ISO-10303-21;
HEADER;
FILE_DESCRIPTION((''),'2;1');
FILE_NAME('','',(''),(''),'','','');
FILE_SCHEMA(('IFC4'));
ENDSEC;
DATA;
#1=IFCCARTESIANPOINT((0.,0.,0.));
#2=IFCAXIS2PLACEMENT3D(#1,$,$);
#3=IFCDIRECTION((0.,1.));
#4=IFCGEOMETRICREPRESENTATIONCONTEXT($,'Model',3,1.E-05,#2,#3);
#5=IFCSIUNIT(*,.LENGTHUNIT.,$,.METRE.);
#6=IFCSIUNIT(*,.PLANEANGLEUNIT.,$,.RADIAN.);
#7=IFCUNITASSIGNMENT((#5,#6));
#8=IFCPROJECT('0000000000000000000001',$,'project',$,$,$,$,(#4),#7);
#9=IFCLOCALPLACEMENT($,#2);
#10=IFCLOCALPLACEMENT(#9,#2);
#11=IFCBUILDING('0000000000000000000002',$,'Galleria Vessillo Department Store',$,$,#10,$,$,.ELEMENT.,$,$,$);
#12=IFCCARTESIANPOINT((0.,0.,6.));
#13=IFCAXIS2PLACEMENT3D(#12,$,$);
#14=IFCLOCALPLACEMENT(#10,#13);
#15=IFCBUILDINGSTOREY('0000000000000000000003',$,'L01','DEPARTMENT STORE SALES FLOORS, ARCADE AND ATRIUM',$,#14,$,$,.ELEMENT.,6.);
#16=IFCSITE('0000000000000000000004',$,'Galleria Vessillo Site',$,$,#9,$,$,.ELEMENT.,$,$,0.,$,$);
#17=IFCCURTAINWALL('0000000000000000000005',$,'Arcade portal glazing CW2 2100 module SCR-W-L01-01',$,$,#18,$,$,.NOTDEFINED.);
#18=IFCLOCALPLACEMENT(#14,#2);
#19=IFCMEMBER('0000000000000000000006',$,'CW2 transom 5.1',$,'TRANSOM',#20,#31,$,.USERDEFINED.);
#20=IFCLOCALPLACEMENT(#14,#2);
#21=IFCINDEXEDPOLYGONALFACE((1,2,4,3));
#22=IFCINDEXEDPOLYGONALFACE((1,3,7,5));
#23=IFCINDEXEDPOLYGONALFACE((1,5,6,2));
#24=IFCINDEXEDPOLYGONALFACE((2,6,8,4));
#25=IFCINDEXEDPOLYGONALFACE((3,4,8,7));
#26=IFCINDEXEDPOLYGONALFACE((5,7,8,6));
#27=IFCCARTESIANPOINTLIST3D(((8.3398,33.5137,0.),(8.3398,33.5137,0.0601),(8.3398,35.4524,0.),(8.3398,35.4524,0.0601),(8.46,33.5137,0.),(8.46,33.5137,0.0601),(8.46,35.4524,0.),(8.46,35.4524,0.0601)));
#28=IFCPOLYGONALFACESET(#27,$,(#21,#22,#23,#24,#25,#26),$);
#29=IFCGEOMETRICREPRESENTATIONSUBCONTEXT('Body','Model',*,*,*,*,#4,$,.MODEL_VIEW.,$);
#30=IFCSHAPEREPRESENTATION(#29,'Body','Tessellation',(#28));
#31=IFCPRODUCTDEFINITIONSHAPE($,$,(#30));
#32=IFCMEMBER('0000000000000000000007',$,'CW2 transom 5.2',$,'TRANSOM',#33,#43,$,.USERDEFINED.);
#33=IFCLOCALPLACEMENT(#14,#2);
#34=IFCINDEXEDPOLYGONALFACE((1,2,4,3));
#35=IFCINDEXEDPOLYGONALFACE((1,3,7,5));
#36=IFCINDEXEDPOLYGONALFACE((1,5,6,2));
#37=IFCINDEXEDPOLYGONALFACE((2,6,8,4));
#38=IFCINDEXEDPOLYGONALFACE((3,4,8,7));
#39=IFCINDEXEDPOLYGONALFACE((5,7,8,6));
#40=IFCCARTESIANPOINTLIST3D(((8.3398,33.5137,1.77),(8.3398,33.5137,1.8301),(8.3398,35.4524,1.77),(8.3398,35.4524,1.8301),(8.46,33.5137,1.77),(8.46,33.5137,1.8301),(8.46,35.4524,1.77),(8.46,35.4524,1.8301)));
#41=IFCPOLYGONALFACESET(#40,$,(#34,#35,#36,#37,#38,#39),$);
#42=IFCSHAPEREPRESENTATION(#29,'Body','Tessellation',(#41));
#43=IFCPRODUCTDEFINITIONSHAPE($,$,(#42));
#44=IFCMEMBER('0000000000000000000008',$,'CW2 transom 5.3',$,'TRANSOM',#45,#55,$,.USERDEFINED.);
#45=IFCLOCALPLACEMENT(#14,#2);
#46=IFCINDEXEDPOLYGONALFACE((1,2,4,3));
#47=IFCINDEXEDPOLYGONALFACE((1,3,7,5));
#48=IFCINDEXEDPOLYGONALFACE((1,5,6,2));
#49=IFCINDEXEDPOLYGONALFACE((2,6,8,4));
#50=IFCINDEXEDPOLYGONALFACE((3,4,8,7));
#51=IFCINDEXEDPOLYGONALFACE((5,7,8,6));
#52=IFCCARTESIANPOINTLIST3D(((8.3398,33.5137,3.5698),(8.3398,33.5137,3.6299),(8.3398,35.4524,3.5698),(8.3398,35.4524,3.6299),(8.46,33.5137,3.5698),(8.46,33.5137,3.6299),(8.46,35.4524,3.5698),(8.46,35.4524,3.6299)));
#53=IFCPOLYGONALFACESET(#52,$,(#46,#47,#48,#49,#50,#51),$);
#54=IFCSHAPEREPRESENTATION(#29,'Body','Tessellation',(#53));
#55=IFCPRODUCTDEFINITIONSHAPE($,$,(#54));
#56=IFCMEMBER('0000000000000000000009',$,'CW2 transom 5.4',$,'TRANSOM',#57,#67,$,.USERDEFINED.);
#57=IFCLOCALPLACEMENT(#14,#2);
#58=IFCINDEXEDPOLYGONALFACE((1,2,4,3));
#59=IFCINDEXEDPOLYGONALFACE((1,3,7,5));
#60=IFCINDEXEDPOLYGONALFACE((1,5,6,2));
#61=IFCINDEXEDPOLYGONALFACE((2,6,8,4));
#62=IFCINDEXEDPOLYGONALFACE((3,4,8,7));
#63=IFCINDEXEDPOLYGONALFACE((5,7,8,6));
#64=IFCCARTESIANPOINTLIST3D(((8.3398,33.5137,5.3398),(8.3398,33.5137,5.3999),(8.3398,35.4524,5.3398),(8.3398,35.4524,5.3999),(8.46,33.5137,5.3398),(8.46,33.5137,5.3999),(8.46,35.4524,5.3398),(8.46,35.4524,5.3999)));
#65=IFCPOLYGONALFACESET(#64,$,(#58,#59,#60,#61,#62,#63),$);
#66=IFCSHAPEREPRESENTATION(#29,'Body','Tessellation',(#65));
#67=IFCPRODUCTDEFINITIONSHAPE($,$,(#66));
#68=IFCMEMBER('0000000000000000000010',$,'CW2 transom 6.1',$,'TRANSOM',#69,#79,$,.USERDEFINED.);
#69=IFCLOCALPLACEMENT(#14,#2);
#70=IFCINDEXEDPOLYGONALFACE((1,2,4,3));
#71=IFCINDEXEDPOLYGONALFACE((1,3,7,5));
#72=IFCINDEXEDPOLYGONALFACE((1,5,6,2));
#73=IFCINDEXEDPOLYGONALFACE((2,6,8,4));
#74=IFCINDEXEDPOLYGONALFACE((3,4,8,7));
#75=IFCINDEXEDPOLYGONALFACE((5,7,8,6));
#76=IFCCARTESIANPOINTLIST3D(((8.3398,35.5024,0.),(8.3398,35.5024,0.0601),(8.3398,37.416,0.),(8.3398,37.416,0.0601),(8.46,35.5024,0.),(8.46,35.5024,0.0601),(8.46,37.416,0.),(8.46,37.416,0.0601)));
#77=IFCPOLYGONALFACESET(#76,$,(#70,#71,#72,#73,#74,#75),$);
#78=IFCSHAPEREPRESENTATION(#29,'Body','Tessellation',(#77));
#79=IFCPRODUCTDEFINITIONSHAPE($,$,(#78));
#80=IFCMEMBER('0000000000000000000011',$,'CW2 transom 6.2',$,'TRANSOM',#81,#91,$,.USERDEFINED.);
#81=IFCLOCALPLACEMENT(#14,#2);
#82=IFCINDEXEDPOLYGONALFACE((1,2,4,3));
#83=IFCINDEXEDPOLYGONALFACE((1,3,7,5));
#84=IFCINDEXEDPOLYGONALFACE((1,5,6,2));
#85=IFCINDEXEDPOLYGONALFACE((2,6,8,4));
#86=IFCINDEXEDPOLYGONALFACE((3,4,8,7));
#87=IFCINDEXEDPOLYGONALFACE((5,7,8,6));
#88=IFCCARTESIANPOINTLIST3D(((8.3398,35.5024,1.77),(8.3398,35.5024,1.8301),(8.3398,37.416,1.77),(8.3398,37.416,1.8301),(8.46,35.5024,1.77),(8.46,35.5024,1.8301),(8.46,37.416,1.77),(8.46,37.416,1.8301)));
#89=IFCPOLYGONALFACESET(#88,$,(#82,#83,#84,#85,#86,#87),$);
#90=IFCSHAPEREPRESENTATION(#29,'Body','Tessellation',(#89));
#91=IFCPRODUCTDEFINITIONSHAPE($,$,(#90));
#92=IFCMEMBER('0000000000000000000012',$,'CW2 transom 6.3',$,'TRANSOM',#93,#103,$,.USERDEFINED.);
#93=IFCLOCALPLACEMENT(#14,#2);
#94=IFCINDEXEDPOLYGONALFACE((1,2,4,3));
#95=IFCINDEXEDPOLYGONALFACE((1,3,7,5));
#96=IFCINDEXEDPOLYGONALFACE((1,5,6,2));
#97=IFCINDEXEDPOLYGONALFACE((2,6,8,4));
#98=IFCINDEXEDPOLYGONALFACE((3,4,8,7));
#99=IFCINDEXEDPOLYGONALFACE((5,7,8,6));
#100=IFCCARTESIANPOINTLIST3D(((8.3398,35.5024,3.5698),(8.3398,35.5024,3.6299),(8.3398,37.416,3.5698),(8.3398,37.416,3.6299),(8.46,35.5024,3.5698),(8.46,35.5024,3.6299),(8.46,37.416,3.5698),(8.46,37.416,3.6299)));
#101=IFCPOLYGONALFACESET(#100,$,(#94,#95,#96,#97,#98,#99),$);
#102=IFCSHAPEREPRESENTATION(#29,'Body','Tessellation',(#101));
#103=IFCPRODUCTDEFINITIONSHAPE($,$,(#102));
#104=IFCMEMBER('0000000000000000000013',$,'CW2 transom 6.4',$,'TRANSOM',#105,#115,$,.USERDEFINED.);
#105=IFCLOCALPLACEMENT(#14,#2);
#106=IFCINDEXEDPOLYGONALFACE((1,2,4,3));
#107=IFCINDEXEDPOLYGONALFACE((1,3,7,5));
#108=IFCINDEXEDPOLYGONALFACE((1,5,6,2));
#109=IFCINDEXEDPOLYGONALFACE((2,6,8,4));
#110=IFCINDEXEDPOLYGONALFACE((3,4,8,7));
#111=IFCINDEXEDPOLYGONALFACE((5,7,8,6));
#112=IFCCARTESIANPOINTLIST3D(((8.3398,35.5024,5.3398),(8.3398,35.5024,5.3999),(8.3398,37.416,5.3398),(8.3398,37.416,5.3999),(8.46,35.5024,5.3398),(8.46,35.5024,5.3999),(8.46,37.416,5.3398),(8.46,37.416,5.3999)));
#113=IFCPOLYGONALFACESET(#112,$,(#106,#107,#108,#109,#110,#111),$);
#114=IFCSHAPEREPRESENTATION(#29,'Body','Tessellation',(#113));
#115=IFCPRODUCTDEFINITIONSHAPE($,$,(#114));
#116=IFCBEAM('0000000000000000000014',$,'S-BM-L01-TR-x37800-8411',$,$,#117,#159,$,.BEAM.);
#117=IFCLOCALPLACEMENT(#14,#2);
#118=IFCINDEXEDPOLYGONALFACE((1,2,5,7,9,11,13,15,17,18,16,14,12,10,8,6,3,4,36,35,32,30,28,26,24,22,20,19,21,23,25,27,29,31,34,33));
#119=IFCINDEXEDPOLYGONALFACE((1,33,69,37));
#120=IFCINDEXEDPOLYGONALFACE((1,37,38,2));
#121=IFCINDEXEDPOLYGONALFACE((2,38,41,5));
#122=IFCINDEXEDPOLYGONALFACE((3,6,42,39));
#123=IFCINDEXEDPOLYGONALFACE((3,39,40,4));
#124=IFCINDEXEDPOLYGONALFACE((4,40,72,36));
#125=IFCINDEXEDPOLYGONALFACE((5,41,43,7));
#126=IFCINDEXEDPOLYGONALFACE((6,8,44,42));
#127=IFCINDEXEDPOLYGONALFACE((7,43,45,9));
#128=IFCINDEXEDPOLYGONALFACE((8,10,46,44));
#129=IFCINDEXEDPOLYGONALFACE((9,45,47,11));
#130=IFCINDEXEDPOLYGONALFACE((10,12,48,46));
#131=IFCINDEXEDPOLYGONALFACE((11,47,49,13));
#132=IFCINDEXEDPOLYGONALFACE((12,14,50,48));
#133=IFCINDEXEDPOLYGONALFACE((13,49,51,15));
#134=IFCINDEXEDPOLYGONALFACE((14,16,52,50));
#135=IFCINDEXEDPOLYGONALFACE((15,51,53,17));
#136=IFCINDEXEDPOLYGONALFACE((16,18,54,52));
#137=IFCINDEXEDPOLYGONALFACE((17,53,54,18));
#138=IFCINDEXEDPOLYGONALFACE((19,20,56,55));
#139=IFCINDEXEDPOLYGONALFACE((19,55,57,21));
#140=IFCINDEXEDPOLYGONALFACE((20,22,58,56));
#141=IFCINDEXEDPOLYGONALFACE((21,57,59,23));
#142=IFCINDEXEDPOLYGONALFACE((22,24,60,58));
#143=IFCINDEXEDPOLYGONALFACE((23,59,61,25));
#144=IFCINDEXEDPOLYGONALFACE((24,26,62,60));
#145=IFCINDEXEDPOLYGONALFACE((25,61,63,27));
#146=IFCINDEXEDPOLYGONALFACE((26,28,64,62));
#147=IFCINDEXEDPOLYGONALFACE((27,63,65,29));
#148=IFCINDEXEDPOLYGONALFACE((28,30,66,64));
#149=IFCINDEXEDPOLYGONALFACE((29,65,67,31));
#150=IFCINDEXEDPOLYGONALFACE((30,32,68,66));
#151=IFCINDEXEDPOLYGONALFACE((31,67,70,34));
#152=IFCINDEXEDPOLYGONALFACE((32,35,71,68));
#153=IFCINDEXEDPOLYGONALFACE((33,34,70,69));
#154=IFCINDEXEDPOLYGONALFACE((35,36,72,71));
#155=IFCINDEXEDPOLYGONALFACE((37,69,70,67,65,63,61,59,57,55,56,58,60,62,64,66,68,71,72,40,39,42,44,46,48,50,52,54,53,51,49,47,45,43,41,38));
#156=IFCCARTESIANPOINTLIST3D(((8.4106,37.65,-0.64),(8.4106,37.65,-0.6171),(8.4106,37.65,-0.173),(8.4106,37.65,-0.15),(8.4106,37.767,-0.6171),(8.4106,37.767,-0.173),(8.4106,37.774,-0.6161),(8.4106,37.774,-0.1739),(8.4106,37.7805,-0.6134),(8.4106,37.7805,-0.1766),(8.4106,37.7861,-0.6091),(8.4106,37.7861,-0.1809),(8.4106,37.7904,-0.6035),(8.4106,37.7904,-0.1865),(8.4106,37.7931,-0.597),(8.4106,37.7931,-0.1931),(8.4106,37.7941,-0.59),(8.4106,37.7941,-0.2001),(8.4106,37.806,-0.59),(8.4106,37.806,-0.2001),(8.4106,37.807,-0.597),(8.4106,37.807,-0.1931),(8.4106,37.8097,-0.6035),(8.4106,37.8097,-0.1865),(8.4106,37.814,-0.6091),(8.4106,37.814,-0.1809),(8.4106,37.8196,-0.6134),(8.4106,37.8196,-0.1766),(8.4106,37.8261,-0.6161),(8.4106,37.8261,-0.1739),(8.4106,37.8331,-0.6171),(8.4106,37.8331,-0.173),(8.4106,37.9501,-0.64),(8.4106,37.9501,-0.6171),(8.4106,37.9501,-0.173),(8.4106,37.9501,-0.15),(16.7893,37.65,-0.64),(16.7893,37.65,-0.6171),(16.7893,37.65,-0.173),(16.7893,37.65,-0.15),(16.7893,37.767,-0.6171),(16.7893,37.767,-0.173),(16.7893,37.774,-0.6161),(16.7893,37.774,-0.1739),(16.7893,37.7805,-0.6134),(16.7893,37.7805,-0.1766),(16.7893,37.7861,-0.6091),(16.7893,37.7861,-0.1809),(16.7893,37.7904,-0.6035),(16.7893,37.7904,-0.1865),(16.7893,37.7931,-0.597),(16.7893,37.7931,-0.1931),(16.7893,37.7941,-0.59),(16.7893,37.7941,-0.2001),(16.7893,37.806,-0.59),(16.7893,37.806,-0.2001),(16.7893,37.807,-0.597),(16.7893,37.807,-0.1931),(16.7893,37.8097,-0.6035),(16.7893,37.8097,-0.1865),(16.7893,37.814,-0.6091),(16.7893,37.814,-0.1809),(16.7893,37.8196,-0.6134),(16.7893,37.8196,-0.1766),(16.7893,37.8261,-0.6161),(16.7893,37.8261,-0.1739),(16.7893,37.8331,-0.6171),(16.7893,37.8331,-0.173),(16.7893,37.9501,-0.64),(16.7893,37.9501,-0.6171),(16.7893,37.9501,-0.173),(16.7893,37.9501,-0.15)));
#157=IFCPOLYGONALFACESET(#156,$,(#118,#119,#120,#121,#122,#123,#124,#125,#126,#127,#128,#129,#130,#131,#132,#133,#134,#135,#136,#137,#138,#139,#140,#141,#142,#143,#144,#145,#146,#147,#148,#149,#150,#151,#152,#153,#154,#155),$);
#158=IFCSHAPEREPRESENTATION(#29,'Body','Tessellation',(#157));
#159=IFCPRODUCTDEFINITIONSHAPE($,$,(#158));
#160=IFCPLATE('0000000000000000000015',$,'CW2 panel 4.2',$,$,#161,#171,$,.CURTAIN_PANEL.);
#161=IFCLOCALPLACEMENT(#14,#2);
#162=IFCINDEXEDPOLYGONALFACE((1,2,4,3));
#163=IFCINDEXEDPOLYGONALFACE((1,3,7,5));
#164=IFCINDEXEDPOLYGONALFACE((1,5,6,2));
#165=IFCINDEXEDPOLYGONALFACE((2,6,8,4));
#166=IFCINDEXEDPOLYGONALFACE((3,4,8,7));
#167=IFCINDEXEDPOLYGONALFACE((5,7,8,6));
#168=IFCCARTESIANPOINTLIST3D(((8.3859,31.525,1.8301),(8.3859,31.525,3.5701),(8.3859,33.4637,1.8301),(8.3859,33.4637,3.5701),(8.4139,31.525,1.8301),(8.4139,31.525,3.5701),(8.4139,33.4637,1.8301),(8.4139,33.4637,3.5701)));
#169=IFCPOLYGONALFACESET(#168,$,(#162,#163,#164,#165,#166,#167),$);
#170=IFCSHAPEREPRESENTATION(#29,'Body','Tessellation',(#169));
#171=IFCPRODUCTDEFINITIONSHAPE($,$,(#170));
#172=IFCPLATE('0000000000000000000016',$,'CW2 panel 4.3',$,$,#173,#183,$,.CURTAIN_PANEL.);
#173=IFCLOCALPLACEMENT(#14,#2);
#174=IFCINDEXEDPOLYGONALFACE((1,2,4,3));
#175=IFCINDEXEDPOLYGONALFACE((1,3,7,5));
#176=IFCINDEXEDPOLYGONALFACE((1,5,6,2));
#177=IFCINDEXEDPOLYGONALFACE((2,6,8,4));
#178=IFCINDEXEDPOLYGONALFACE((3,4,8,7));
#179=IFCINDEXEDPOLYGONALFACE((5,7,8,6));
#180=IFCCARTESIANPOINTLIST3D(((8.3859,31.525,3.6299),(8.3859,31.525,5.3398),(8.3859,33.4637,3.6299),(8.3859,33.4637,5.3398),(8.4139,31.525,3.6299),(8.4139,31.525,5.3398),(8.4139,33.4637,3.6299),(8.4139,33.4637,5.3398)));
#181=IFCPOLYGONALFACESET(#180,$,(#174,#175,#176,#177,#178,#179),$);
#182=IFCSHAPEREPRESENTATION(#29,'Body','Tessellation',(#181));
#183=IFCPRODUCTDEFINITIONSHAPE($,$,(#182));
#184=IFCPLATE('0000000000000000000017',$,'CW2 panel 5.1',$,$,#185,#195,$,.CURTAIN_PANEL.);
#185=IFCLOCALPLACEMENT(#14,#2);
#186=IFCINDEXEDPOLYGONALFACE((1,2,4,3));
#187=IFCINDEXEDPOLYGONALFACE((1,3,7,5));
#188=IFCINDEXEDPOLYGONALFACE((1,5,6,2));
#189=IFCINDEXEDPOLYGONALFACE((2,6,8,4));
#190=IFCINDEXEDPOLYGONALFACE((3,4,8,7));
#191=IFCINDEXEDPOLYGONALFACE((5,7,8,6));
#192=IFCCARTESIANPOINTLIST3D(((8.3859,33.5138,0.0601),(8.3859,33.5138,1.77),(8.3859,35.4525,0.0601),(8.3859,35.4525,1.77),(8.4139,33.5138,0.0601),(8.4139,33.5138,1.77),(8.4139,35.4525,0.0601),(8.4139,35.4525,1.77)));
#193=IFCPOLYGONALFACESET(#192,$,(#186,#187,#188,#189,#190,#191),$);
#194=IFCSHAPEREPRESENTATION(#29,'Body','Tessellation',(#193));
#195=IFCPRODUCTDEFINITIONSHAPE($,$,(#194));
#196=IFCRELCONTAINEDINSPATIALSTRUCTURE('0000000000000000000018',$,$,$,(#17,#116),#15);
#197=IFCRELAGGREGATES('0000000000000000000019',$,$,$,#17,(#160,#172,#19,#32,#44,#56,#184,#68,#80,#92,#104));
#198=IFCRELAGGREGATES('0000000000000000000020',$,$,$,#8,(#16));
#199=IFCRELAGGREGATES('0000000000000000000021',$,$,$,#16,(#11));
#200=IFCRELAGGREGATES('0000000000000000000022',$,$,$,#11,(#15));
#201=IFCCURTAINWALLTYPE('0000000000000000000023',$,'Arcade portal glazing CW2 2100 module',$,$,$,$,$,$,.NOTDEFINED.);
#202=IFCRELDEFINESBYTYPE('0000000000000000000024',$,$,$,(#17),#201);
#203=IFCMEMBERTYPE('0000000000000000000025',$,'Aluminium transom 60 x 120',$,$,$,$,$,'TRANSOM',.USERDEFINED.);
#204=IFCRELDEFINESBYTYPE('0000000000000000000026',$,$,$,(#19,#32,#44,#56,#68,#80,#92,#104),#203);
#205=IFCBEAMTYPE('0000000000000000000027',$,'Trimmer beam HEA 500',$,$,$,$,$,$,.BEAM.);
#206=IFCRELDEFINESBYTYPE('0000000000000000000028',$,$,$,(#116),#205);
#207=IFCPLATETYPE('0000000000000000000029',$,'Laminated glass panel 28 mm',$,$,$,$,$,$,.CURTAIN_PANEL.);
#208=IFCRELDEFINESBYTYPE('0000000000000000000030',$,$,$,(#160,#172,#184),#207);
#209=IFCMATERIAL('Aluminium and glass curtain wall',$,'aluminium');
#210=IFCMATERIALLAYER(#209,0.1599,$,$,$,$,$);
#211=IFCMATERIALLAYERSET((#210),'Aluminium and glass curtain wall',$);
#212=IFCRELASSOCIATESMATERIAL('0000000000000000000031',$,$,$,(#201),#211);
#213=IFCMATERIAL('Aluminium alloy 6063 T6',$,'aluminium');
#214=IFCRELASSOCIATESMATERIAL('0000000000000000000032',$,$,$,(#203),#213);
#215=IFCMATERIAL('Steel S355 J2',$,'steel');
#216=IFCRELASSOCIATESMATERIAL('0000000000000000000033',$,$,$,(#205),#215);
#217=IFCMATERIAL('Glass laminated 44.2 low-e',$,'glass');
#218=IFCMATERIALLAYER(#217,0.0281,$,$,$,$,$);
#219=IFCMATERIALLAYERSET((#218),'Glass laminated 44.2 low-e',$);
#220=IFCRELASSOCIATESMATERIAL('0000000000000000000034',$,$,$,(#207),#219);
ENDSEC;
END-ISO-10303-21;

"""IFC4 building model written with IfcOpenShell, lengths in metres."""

from ifc_helpers import new_model, si_unit, direction, frame, origin, origin_2d, place, context, subcontext, project, spatial, rectangle, i_section, extrude, material, layer, layer_set, material_profile, profile_set, type_object, element, aggregate, save


model = new_model("IFC4")

# Units and contexts
model_context = context("Model", 3, precision=1e-05, world=origin(), true_north=direction((0.0, 1.0)))
body_context = subcontext(model_context, "Body", "Model", "MODEL_VIEW")
ifc_project = project(units=[si_unit("LENGTHUNIT", "METRE"), si_unit("PLANEANGLEUNIT", "RADIAN")], contexts=[model_context])

# Site, building, storey
site_placement = place(None, origin())
site = spatial("IfcSite", under=ifc_project, at=site_placement, Name="Galleria Vessillo Site", CompositionType="ELEMENT", RefElevation=0.0)
building_placement = place(site_placement, origin())
building = spatial("IfcBuilding", under=site, at=building_placement, Name="Galleria Vessillo Department Store", CompositionType="ELEMENT")
storey_placement = place(building_placement, frame((0.0, 0.0, 6.0)))
storey = spatial("IfcBuildingStorey", under=building, at=storey_placement, Name="L01", Description="DEPARTMENT STORE SALES FLOORS, ARCADE AND ATRIUM", CompositionType="ELEMENT", Elevation=6.0)

# Shared definitions
ifc_material_1 = material(Name="Aluminium and glass curtain wall", Category="aluminium")
ifc_layer_1 = layer(ifc_material_1, 0.1599)
ifc_layer_set_1 = layer_set([ifc_layer_1], Name="Aluminium and glass curtain wall")
curtain_wall_type = type_object("IfcCurtainWallType", Name="Arcade portal glazing CW2 2100 module", PredefinedType="NOTDEFINED", material=ifc_layer_set_1)

# Curtain wall
curtain_wall_1_placement = place(storey_placement, origin())
curtain_wall_1 = element("IfcCurtainWall", 1, at=curtain_wall_1_placement, inside=storey, type_object=curtain_wall_type, Name="Arcade portal glazing CW2 2100 module SCR-W-L01-01", PredefinedType="NOTDEFINED")

# Members
ifc_material_2 = material(Name="Aluminium alloy 6063 T6", Category="aluminium")
ifc_material_profile_1 = material_profile(ifc_material_2, rectangle(XDim=0.1201, YDim=0.0601, at=origin_2d()), Name="AL 60x120")
ifc_profile_set_1 = profile_set([ifc_material_profile_1], Name="Aluminium alloy 6063 T6")
member_type_1 = type_object("IfcMemberType", Name="Aluminium transom 60 x 120", ElementType="TRANSOM", PredefinedType="USERDEFINED", material=ifc_profile_set_1)
member_1_placement = place(storey_placement, frame((8.3999, 33.5137, 0.03), z_axis=(0.0, 1.0, 0.0), x_axis=(-1.0, 0.0, 0.0)))
member_1 = element("IfcMember", 2, at=member_1_placement, type_object=member_type_1, Name="CW2 transom 5.1", ObjectType="TRANSOM", PredefinedType="USERDEFINED", context=body_context, shape_type="SweptSolid", body=[
    extrude(rectangle(XDim=0.1201, YDim=0.0601, at=origin_2d()), origin(), (0.0, 0.0, 1.0), 1.9387),
])
member_2_placement = place(storey_placement, frame((8.3999, 33.5137, 1.8), z_axis=(0.0, 1.0, 0.0), x_axis=(-1.0, 0.0, 0.0)))
member_2 = element("IfcMember", 3, at=member_2_placement, type_object=member_type_1, Name="CW2 transom 5.2", ObjectType="TRANSOM", PredefinedType="USERDEFINED", context=body_context, shape_type="SweptSolid", body=[
    extrude(rectangle(XDim=0.1201, YDim=0.0601, at=origin_2d()), origin(), (0.0, 0.0, 1.0), 1.9387),
])
member_3_placement = place(storey_placement, frame((8.3999, 33.5137, 3.5999), z_axis=(0.0, 1.0, 0.0), x_axis=(-1.0, 0.0, 0.0)))
member_3 = element("IfcMember", 4, at=member_3_placement, type_object=member_type_1, Name="CW2 transom 5.3", ObjectType="TRANSOM", PredefinedType="USERDEFINED", context=body_context, shape_type="SweptSolid", body=[
    extrude(rectangle(XDim=0.1201, YDim=0.0601, at=origin_2d()), origin(), (0.0, 0.0, 1.0), 1.9387),
])
member_4_placement = place(storey_placement, frame((8.3999, 33.5137, 5.3699), z_axis=(0.0, 1.0, 0.0), x_axis=(-1.0, 0.0, 0.0)))
member_4 = element("IfcMember", 5, at=member_4_placement, type_object=member_type_1, Name="CW2 transom 5.4", ObjectType="TRANSOM", PredefinedType="USERDEFINED", context=body_context, shape_type="SweptSolid", body=[
    extrude(rectangle(XDim=0.1201, YDim=0.0601, at=origin_2d()), origin(), (0.0, 0.0, 1.0), 1.9387),
])
member_5_placement = place(storey_placement, frame((8.3999, 35.5024, 0.03), z_axis=(0.0, 1.0, 0.0), x_axis=(-1.0, 0.0, 0.0)))
member_5 = element("IfcMember", 6, at=member_5_placement, type_object=member_type_1, Name="CW2 transom 6.1", ObjectType="TRANSOM", PredefinedType="USERDEFINED", context=body_context, shape_type="SweptSolid", body=[
    extrude(rectangle(XDim=0.1201, YDim=0.0601, at=origin_2d()), origin(), (0.0, 0.0, 1.0), 1.9136),
])
member_6_placement = place(storey_placement, frame((8.3999, 35.5024, 1.8), z_axis=(0.0, 1.0, 0.0), x_axis=(-1.0, 0.0, 0.0)))
member_6 = element("IfcMember", 7, at=member_6_placement, type_object=member_type_1, Name="CW2 transom 6.2", ObjectType="TRANSOM", PredefinedType="USERDEFINED", context=body_context, shape_type="SweptSolid", body=[
    extrude(rectangle(XDim=0.1201, YDim=0.0601, at=origin_2d()), origin(), (0.0, 0.0, 1.0), 1.9136),
])
member_7_placement = place(storey_placement, frame((8.3999, 35.5024, 3.5999), z_axis=(0.0, 1.0, 0.0), x_axis=(-1.0, 0.0, 0.0)))
member_7 = element("IfcMember", 8, at=member_7_placement, type_object=member_type_1, Name="CW2 transom 6.3", ObjectType="TRANSOM", PredefinedType="USERDEFINED", context=body_context, shape_type="SweptSolid", body=[
    extrude(rectangle(XDim=0.1201, YDim=0.0601, at=origin_2d()), origin(), (0.0, 0.0, 1.0), 1.9136),
])
member_8_placement = place(storey_placement, frame((8.3999, 35.5024, 5.3699), z_axis=(0.0, 1.0, 0.0), x_axis=(-1.0, 0.0, 0.0)))
member_8 = element("IfcMember", 9, at=member_8_placement, type_object=member_type_1, Name="CW2 transom 6.4", ObjectType="TRANSOM", PredefinedType="USERDEFINED", context=body_context, shape_type="SweptSolid", body=[
    extrude(rectangle(XDim=0.1201, YDim=0.0601, at=origin_2d()), origin(), (0.0, 0.0, 1.0), 1.9136),
])

# Beam
ifc_material_3 = material(Name="Steel S355 J2", Category="steel")
ifc_material_profile_2 = material_profile(ifc_material_3, i_section(OverallWidth=0.3, OverallDepth=0.49, WebThickness=0.012, FlangeThickness=0.0229, FilletRadius=0.0271, at=origin_2d()), Name="HEA 500")
ifc_profile_set_2 = profile_set([ifc_material_profile_2], Name="Steel S355 J2")
beam_type = type_object("IfcBeamType", Name="Trimmer beam HEA 500", PredefinedType="BEAM", material=ifc_profile_set_2)
beam_placement = place(storey_placement, frame((8.4106, 37.8, -0.395), z_axis=(1.0, 0.0, 0.0), x_axis=(0.0, 1.0, 0.0)))
element("IfcBeam", 10, at=beam_placement, inside=storey, type_object=beam_type, Name="S-BM-L01-TR-x37800-8411", PredefinedType="BEAM", context=body_context, shape_type="SweptSolid", body=[
    extrude(i_section(OverallWidth=0.3, OverallDepth=0.49, WebThickness=0.012, FlangeThickness=0.0229, FilletRadius=0.0271, at=origin_2d()), origin(), (0.0, 0.0, 1.0), 8.3787),
])

# Plates
ifc_material_4 = material(Name="Glass laminated 44.2 low-e", Category="glass")
ifc_layer_2 = layer(ifc_material_4, 0.0281)
ifc_layer_set_2 = layer_set([ifc_layer_2], Name="Glass laminated 44.2 low-e")
plate_type = type_object("IfcPlateType", Name="Laminated glass panel 28 mm", PredefinedType="CURTAIN_PANEL", material=ifc_layer_set_2)
plate_1_placement = place(storey_placement, frame((8.3999, 32.4944, 1.8301), z_axis=(0.0, 0.0, 1.0), x_axis=(0.0, 1.0, 0.0)))
plate_1 = element("IfcPlate", 11, at=plate_1_placement, type_object=plate_type, Name="CW2 panel 4.2", PredefinedType="CURTAIN_PANEL", context=body_context, shape_type="SweptSolid", body=[
    extrude(rectangle(XDim=1.9387, YDim=0.0281, at=origin_2d()), origin(), (0.0, 0.0, 1.0), 1.74),
])
plate_2_placement = place(storey_placement, frame((8.3999, 32.4944, 3.6299), z_axis=(0.0, 0.0, 1.0), x_axis=(0.0, 1.0, 0.0)))
plate_2 = element("IfcPlate", 12, at=plate_2_placement, type_object=plate_type, Name="CW2 panel 4.3", PredefinedType="CURTAIN_PANEL", context=body_context, shape_type="SweptSolid", body=[
    extrude(rectangle(XDim=1.9387, YDim=0.0281, at=origin_2d()), origin(), (0.0, 0.0, 1.0), 1.71),
])
plate_3_placement = place(storey_placement, frame((8.3999, 34.4832, 0.0601), z_axis=(0.0, 0.0, 1.0), x_axis=(0.0, 1.0, 0.0)))
plate_3 = element("IfcPlate", 13, at=plate_3_placement, type_object=plate_type, Name="CW2 panel 5.1", PredefinedType="CURTAIN_PANEL", context=body_context, shape_type="SweptSolid", body=[
    extrude(rectangle(XDim=1.9387, YDim=0.0281, at=origin_2d()), origin(), (0.0, 0.0, 1.0), 1.71),
])
aggregate(curtain_wall_1, [plate_1, plate_2, member_1, member_2, member_3, member_4, plate_3, member_5, member_6, member_7, member_8])

save(model, "model.ifc")
